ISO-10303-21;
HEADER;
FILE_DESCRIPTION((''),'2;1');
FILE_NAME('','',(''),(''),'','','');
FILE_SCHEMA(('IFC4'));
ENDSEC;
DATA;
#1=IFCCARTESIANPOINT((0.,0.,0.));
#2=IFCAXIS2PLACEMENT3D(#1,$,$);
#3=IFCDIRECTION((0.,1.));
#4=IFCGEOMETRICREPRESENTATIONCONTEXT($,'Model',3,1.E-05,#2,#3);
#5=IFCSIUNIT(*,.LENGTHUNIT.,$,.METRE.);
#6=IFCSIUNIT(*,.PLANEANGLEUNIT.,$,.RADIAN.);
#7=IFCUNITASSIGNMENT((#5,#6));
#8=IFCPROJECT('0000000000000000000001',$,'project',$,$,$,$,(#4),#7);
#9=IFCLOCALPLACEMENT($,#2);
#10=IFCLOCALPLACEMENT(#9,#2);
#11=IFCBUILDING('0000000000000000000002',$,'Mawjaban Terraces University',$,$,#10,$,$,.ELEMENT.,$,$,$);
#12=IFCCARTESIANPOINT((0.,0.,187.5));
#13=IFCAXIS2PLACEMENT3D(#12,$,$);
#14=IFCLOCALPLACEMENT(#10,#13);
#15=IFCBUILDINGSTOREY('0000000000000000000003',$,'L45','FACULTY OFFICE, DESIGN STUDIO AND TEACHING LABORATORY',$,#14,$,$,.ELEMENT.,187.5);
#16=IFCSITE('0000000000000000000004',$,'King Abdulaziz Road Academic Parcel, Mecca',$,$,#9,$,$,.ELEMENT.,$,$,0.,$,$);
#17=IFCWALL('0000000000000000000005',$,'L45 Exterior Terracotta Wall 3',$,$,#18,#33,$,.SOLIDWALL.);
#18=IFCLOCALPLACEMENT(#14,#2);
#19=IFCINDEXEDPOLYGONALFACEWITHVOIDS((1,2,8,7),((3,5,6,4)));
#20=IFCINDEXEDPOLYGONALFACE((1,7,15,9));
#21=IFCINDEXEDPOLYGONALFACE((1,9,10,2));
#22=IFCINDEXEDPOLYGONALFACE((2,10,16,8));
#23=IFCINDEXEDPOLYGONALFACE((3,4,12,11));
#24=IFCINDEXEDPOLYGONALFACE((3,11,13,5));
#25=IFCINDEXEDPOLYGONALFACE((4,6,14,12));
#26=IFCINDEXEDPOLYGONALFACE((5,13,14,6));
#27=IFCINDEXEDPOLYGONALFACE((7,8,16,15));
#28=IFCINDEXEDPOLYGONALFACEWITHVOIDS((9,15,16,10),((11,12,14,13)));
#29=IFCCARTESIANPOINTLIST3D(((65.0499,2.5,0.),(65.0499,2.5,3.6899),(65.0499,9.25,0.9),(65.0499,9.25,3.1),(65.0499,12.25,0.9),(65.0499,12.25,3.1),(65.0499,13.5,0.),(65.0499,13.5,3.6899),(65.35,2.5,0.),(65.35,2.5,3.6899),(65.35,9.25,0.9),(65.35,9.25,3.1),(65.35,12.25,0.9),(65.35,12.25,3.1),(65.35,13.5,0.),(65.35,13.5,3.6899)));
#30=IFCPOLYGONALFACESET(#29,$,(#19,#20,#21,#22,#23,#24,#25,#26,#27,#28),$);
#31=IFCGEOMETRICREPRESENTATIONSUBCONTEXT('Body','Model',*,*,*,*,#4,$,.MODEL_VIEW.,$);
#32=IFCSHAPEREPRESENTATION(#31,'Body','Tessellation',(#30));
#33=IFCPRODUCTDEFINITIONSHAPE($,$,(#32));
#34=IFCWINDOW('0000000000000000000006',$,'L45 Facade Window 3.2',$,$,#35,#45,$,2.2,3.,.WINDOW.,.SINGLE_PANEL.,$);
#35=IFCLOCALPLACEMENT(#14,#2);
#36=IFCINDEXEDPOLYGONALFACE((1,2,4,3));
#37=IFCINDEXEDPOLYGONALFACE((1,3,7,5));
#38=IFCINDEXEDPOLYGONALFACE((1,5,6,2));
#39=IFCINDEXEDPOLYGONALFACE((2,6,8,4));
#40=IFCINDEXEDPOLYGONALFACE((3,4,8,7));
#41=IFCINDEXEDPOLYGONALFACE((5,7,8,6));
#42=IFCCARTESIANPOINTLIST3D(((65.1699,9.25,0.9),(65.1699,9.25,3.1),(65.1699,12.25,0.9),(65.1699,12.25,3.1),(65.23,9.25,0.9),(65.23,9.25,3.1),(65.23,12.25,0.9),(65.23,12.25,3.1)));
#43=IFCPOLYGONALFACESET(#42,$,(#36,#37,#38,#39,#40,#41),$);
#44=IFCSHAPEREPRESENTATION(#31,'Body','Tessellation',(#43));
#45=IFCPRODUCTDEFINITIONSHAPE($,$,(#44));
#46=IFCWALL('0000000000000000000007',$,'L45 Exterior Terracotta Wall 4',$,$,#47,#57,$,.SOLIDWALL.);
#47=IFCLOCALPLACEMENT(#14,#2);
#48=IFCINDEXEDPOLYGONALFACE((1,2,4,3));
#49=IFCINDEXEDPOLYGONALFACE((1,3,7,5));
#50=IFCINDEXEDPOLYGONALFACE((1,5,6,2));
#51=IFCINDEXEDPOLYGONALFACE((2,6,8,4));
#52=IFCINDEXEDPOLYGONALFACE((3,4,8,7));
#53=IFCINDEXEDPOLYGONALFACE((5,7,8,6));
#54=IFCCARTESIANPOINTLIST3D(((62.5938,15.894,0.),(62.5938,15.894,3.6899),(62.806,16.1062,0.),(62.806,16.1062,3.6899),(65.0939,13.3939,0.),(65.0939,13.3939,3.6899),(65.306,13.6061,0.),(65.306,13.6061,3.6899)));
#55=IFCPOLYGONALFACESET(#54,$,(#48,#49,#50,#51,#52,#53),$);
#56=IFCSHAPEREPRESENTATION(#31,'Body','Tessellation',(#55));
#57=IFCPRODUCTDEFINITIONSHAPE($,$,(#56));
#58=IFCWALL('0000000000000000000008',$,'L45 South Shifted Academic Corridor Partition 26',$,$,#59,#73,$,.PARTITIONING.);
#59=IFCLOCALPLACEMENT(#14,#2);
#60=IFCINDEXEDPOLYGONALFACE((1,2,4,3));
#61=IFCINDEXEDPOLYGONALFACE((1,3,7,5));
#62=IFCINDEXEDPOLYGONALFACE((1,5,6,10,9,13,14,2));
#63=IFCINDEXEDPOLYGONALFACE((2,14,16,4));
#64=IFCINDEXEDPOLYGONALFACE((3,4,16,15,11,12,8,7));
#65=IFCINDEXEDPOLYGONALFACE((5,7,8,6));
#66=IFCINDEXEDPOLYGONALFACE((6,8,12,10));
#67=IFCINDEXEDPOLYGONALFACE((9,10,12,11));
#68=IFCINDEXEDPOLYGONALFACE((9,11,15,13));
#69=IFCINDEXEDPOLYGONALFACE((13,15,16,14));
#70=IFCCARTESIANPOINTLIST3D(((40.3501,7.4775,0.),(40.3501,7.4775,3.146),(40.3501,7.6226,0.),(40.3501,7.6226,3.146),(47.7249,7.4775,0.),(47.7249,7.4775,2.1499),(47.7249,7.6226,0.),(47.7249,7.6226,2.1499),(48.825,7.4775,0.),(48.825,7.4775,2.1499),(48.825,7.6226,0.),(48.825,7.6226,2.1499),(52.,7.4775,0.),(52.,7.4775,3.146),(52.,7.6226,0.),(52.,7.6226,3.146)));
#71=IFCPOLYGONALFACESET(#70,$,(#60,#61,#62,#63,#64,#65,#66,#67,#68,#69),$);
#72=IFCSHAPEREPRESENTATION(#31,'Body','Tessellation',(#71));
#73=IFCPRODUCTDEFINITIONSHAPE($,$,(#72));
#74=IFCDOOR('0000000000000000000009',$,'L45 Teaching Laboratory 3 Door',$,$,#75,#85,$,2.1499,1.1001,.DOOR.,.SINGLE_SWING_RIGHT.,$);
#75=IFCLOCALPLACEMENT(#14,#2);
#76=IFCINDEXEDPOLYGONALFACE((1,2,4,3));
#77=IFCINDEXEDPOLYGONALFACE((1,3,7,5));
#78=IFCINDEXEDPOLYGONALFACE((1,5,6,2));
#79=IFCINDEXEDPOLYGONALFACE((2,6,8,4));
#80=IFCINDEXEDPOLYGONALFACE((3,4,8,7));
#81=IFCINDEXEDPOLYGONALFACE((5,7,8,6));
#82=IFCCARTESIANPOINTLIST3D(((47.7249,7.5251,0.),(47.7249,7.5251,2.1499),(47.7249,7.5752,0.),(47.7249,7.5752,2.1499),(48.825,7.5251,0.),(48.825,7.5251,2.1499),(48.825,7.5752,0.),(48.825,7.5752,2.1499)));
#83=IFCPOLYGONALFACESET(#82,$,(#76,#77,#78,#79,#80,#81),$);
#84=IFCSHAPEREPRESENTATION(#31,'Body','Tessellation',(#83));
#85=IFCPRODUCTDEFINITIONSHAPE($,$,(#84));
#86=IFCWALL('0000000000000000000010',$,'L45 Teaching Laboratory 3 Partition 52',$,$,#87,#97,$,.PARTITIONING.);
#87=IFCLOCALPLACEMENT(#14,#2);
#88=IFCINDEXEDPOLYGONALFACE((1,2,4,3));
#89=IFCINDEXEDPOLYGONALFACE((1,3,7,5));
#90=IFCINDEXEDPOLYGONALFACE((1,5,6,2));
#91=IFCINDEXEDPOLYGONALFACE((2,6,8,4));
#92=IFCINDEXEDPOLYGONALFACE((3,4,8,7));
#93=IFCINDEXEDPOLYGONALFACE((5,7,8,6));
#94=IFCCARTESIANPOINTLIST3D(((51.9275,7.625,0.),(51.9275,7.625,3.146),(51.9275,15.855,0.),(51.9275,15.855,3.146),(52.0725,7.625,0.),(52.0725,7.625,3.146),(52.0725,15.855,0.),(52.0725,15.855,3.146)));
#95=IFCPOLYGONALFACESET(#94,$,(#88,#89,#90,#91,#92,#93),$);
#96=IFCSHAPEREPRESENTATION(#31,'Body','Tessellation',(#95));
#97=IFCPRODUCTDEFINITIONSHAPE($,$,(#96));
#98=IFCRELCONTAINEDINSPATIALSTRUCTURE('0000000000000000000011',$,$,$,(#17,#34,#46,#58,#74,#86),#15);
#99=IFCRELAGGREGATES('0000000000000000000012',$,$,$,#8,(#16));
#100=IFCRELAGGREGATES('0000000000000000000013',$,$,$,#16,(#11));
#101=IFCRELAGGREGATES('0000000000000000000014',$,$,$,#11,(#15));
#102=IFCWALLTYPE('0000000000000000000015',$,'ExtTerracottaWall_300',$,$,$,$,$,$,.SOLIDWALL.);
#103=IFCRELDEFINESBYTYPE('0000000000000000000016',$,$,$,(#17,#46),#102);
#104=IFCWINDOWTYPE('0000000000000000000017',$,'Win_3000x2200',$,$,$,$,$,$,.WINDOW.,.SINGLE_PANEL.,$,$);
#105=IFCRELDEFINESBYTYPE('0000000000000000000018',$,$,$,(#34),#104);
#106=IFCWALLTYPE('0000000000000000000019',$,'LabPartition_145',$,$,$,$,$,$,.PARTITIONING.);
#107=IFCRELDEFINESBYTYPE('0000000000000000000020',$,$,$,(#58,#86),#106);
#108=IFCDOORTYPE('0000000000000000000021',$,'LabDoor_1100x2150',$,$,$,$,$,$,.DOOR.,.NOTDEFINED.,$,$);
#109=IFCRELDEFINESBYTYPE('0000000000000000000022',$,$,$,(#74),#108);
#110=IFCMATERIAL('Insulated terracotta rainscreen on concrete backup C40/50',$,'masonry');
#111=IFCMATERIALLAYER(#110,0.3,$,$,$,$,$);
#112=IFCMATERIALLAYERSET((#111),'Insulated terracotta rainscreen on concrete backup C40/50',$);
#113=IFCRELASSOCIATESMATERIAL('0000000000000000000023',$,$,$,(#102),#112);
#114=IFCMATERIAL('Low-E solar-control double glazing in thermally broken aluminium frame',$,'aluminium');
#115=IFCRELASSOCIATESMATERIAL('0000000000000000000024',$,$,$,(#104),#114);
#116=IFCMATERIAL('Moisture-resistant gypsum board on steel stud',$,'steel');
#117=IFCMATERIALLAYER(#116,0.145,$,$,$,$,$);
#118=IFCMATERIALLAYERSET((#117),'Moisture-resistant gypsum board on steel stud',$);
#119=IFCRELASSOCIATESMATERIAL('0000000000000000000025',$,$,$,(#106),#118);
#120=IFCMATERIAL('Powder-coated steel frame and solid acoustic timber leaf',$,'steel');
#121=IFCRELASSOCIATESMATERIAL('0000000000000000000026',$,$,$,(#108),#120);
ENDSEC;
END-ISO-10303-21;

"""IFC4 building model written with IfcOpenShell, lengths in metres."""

from ifc_helpers import new_model, si_unit, direction, frame, frame_2d, origin, place, context, subcontext, project, spatial, rectangle, extrude, material, layer, layer_set, type_object, element, fill, save


model = new_model("IFC4")

# Units and contexts
model_context = context("Model", 3, precision=1e-05, world=origin(), true_north=direction((0.0, 1.0)))
body_context = subcontext(model_context, "Body", "Model", "MODEL_VIEW")
ifc_project = project(units=[si_unit("LENGTHUNIT", "METRE"), si_unit("PLANEANGLEUNIT", "RADIAN")], contexts=[model_context])

# Site, building, storey
site_placement = place(None, origin())
site = spatial("IfcSite", under=ifc_project, at=site_placement, Name="King Abdulaziz Road Academic Parcel, Mecca", CompositionType="ELEMENT", RefElevation=0.0)
building_placement = place(site_placement, origin())
building = spatial("IfcBuilding", under=site, at=building_placement, Name="Mawjaban Terraces University", CompositionType="ELEMENT")
storey_placement = place(building_placement, frame((0.0, 0.0, 187.5)))
storey = spatial("IfcBuildingStorey", under=building, at=storey_placement, Name="L45", Description="FACULTY OFFICE, DESIGN STUDIO AND TEACHING LABORATORY", CompositionType="ELEMENT", Elevation=187.5)

# Shared definitions
ifc_material_1 = material(Name="Powder-coated steel frame and solid acoustic timber leaf", Category="steel")

# Shared definitions
ifc_material_2 = material(Name="Insulated terracotta rainscreen on concrete backup C40/50", Category="masonry")
ifc_layer_1 = layer(ifc_material_2, 0.3)
ifc_layer_set_1 = layer_set([ifc_layer_1], Name="Insulated terracotta rainscreen on concrete backup C40/50")
wall_type_1 = type_object("IfcWallType", Name="ExtTerracottaWall_300", PredefinedType="SOLIDWALL", material=ifc_layer_set_1)

# Wall, opening, window
wall_1_placement = place(storey_placement, frame((65.2, 2.5, 0.0), z_axis=(0.0, 0.0, 1.0), x_axis=(0.0, 1.0, 0.0)))
wall_1 = element("IfcWall", 1, at=wall_1_placement, inside=storey, type_object=wall_type_1, Name="L45 Exterior Terracotta Wall 3", PredefinedType="SOLIDWALL", context=body_context, shape_type="SweptSolid", body=[
    extrude(rectangle(XDim=11.0, YDim=0.3, at=frame_2d((5.5, 0.0))), origin(), (0.0, 0.0, 1.0), 3.6899),
])
opening_1_placement = place(wall_1_placement, frame((6.75, 0.0, 0.8999)))
opening_1 = element("IfcOpeningElement", 2, at=opening_1_placement, cuts=wall_1, PredefinedType="OPENING", context=body_context, shape_type="SweptSolid", body=[
    extrude(rectangle(XDim=3.0, YDim=2.2, at=frame_2d((1.5, 1.1001))), frame((0.0, 0.1599, 0.0), z_axis=(0.0, -1.0, 0.0), x_axis=(1.0, 0.0, 0.0)), (0.0, 0.0, 1.0), 0.3201),
])
ifc_material_3 = material(Name="Low-E solar-control double glazing in thermally broken aluminium frame", Category="aluminium")
window_type = type_object("IfcWindowType", Name="Win_3000x2200", PartitioningType="SINGLE_PANEL", PredefinedType="WINDOW", material=ifc_material_3)
window_placement = place(opening_1_placement, origin())
window = element("IfcWindow", 3, at=window_placement, inside=storey, type_object=window_type, Name="L45 Facade Window 3.2", OverallHeight=2.2, OverallWidth=3.0, PartitioningType="SINGLE_PANEL", PredefinedType="WINDOW", context=body_context, shape_type="SweptSolid", body=[
    extrude(rectangle(XDim=3.0, YDim=2.2, at=frame_2d((1.5, 1.1001))), frame((0.0, 0.03, 0.0), z_axis=(0.0, -1.0, 0.0), x_axis=(1.0, 0.0, 0.0)), (0.0, 0.0, 1.0), 0.0601),
])
fill(opening_1, window)

# Wall
wall_2_placement = place(storey_placement, frame((65.2, 13.5, 0.0), z_axis=(0.0, 0.0, 1.0), x_axis=(-0.707107, 0.707107, 0.0)))
element("IfcWall", 4, at=wall_2_placement, inside=storey, type_object=wall_type_1, Name="L45 Exterior Terracotta Wall 4", PredefinedType="SOLIDWALL", context=body_context, shape_type="SweptSolid", body=[
    extrude(rectangle(XDim=3.5356, YDim=0.3, at=frame_2d((1.7678, 0.0))), origin(), (0.0, 0.0, 1.0), 3.6899),
])

# Wall, opening, door
ifc_material_4 = material(Name="Moisture-resistant gypsum board on steel stud", Category="steel")
ifc_layer_2 = layer(ifc_material_4, 0.145)
ifc_layer_set_2 = layer_set([ifc_layer_2], Name="Moisture-resistant gypsum board on steel stud")
wall_type_2 = type_object("IfcWallType", Name="LabPartition_145", PredefinedType="PARTITIONING", material=ifc_layer_set_2)
wall_3_placement = place(storey_placement, frame((52.0, 7.55, 0.0), z_axis=(0.0, 0.0, 1.0), x_axis=(-1.0, 0.0, 0.0)))
wall_3 = element("IfcWall", 5, at=wall_3_placement, inside=storey, type_object=wall_type_2, Name="L45 South Shifted Academic Corridor Partition 26", PredefinedType="PARTITIONING", context=body_context, shape_type="SweptSolid", body=[
    extrude(rectangle(XDim=11.6499, YDim=0.145, at=frame_2d((5.825, 0.0))), origin(), (0.0, 0.0, 1.0), 3.146),
])
opening_2_placement = place(wall_3_placement, frame((3.175, 0.0, 0.0)))
opening_2 = element("IfcOpeningElement", 6, at=opening_2_placement, cuts=wall_3, PredefinedType="OPENING", context=body_context, shape_type="SweptSolid", body=[
    extrude(rectangle(XDim=1.1001, YDim=2.1499, at=frame_2d((0.55, 1.075))), frame((0.0, 0.0825, 0.0), z_axis=(0.0, -1.0, 0.0), x_axis=(1.0, 0.0, 0.0)), (0.0, 0.0, 1.0), 0.165),
])
door_type_1 = type_object("IfcDoorType", Name="LabDoor_1100x2150", OperationType="NOTDEFINED", PredefinedType="DOOR", material=ifc_material_1)
door_1_placement = place(opening_2_placement, origin())
door_1 = element("IfcDoor", 7, at=door_1_placement, inside=storey, type_object=door_type_1, Name="L45 Teaching Laboratory 3 Door", OperationType="SINGLE_SWING_RIGHT", OverallHeight=2.1499, OverallWidth=1.1001, PredefinedType="DOOR", context=body_context, shape_type="SweptSolid", body=[
    extrude(rectangle(XDim=1.1001, YDim=2.1499, at=frame_2d((0.55, 1.075))), frame((0.0, 0.0249, 0.0), z_axis=(0.0, -1.0, 0.0), x_axis=(1.0, 0.0, 0.0)), (0.0, 0.0, 1.0), 0.05),
])
fill(opening_2, door_1)

# Wall
wall_4_placement = place(storey_placement, frame((52.0, 7.625, 0.0), z_axis=(0.0, 0.0, 1.0), x_axis=(0.0, 1.0, 0.0)))
element("IfcWall", 8, at=wall_4_placement, inside=storey, type_object=wall_type_2, Name="L45 Teaching Laboratory 3 Partition 52", PredefinedType="PARTITIONING", context=body_context, shape_type="SweptSolid", body=[
    extrude(rectangle(XDim=8.23, YDim=0.145, at=frame_2d((4.115, 0.0))), origin(), (0.0, 0.0, 1.0), 3.146),
])

save(model, "model.ifc")
